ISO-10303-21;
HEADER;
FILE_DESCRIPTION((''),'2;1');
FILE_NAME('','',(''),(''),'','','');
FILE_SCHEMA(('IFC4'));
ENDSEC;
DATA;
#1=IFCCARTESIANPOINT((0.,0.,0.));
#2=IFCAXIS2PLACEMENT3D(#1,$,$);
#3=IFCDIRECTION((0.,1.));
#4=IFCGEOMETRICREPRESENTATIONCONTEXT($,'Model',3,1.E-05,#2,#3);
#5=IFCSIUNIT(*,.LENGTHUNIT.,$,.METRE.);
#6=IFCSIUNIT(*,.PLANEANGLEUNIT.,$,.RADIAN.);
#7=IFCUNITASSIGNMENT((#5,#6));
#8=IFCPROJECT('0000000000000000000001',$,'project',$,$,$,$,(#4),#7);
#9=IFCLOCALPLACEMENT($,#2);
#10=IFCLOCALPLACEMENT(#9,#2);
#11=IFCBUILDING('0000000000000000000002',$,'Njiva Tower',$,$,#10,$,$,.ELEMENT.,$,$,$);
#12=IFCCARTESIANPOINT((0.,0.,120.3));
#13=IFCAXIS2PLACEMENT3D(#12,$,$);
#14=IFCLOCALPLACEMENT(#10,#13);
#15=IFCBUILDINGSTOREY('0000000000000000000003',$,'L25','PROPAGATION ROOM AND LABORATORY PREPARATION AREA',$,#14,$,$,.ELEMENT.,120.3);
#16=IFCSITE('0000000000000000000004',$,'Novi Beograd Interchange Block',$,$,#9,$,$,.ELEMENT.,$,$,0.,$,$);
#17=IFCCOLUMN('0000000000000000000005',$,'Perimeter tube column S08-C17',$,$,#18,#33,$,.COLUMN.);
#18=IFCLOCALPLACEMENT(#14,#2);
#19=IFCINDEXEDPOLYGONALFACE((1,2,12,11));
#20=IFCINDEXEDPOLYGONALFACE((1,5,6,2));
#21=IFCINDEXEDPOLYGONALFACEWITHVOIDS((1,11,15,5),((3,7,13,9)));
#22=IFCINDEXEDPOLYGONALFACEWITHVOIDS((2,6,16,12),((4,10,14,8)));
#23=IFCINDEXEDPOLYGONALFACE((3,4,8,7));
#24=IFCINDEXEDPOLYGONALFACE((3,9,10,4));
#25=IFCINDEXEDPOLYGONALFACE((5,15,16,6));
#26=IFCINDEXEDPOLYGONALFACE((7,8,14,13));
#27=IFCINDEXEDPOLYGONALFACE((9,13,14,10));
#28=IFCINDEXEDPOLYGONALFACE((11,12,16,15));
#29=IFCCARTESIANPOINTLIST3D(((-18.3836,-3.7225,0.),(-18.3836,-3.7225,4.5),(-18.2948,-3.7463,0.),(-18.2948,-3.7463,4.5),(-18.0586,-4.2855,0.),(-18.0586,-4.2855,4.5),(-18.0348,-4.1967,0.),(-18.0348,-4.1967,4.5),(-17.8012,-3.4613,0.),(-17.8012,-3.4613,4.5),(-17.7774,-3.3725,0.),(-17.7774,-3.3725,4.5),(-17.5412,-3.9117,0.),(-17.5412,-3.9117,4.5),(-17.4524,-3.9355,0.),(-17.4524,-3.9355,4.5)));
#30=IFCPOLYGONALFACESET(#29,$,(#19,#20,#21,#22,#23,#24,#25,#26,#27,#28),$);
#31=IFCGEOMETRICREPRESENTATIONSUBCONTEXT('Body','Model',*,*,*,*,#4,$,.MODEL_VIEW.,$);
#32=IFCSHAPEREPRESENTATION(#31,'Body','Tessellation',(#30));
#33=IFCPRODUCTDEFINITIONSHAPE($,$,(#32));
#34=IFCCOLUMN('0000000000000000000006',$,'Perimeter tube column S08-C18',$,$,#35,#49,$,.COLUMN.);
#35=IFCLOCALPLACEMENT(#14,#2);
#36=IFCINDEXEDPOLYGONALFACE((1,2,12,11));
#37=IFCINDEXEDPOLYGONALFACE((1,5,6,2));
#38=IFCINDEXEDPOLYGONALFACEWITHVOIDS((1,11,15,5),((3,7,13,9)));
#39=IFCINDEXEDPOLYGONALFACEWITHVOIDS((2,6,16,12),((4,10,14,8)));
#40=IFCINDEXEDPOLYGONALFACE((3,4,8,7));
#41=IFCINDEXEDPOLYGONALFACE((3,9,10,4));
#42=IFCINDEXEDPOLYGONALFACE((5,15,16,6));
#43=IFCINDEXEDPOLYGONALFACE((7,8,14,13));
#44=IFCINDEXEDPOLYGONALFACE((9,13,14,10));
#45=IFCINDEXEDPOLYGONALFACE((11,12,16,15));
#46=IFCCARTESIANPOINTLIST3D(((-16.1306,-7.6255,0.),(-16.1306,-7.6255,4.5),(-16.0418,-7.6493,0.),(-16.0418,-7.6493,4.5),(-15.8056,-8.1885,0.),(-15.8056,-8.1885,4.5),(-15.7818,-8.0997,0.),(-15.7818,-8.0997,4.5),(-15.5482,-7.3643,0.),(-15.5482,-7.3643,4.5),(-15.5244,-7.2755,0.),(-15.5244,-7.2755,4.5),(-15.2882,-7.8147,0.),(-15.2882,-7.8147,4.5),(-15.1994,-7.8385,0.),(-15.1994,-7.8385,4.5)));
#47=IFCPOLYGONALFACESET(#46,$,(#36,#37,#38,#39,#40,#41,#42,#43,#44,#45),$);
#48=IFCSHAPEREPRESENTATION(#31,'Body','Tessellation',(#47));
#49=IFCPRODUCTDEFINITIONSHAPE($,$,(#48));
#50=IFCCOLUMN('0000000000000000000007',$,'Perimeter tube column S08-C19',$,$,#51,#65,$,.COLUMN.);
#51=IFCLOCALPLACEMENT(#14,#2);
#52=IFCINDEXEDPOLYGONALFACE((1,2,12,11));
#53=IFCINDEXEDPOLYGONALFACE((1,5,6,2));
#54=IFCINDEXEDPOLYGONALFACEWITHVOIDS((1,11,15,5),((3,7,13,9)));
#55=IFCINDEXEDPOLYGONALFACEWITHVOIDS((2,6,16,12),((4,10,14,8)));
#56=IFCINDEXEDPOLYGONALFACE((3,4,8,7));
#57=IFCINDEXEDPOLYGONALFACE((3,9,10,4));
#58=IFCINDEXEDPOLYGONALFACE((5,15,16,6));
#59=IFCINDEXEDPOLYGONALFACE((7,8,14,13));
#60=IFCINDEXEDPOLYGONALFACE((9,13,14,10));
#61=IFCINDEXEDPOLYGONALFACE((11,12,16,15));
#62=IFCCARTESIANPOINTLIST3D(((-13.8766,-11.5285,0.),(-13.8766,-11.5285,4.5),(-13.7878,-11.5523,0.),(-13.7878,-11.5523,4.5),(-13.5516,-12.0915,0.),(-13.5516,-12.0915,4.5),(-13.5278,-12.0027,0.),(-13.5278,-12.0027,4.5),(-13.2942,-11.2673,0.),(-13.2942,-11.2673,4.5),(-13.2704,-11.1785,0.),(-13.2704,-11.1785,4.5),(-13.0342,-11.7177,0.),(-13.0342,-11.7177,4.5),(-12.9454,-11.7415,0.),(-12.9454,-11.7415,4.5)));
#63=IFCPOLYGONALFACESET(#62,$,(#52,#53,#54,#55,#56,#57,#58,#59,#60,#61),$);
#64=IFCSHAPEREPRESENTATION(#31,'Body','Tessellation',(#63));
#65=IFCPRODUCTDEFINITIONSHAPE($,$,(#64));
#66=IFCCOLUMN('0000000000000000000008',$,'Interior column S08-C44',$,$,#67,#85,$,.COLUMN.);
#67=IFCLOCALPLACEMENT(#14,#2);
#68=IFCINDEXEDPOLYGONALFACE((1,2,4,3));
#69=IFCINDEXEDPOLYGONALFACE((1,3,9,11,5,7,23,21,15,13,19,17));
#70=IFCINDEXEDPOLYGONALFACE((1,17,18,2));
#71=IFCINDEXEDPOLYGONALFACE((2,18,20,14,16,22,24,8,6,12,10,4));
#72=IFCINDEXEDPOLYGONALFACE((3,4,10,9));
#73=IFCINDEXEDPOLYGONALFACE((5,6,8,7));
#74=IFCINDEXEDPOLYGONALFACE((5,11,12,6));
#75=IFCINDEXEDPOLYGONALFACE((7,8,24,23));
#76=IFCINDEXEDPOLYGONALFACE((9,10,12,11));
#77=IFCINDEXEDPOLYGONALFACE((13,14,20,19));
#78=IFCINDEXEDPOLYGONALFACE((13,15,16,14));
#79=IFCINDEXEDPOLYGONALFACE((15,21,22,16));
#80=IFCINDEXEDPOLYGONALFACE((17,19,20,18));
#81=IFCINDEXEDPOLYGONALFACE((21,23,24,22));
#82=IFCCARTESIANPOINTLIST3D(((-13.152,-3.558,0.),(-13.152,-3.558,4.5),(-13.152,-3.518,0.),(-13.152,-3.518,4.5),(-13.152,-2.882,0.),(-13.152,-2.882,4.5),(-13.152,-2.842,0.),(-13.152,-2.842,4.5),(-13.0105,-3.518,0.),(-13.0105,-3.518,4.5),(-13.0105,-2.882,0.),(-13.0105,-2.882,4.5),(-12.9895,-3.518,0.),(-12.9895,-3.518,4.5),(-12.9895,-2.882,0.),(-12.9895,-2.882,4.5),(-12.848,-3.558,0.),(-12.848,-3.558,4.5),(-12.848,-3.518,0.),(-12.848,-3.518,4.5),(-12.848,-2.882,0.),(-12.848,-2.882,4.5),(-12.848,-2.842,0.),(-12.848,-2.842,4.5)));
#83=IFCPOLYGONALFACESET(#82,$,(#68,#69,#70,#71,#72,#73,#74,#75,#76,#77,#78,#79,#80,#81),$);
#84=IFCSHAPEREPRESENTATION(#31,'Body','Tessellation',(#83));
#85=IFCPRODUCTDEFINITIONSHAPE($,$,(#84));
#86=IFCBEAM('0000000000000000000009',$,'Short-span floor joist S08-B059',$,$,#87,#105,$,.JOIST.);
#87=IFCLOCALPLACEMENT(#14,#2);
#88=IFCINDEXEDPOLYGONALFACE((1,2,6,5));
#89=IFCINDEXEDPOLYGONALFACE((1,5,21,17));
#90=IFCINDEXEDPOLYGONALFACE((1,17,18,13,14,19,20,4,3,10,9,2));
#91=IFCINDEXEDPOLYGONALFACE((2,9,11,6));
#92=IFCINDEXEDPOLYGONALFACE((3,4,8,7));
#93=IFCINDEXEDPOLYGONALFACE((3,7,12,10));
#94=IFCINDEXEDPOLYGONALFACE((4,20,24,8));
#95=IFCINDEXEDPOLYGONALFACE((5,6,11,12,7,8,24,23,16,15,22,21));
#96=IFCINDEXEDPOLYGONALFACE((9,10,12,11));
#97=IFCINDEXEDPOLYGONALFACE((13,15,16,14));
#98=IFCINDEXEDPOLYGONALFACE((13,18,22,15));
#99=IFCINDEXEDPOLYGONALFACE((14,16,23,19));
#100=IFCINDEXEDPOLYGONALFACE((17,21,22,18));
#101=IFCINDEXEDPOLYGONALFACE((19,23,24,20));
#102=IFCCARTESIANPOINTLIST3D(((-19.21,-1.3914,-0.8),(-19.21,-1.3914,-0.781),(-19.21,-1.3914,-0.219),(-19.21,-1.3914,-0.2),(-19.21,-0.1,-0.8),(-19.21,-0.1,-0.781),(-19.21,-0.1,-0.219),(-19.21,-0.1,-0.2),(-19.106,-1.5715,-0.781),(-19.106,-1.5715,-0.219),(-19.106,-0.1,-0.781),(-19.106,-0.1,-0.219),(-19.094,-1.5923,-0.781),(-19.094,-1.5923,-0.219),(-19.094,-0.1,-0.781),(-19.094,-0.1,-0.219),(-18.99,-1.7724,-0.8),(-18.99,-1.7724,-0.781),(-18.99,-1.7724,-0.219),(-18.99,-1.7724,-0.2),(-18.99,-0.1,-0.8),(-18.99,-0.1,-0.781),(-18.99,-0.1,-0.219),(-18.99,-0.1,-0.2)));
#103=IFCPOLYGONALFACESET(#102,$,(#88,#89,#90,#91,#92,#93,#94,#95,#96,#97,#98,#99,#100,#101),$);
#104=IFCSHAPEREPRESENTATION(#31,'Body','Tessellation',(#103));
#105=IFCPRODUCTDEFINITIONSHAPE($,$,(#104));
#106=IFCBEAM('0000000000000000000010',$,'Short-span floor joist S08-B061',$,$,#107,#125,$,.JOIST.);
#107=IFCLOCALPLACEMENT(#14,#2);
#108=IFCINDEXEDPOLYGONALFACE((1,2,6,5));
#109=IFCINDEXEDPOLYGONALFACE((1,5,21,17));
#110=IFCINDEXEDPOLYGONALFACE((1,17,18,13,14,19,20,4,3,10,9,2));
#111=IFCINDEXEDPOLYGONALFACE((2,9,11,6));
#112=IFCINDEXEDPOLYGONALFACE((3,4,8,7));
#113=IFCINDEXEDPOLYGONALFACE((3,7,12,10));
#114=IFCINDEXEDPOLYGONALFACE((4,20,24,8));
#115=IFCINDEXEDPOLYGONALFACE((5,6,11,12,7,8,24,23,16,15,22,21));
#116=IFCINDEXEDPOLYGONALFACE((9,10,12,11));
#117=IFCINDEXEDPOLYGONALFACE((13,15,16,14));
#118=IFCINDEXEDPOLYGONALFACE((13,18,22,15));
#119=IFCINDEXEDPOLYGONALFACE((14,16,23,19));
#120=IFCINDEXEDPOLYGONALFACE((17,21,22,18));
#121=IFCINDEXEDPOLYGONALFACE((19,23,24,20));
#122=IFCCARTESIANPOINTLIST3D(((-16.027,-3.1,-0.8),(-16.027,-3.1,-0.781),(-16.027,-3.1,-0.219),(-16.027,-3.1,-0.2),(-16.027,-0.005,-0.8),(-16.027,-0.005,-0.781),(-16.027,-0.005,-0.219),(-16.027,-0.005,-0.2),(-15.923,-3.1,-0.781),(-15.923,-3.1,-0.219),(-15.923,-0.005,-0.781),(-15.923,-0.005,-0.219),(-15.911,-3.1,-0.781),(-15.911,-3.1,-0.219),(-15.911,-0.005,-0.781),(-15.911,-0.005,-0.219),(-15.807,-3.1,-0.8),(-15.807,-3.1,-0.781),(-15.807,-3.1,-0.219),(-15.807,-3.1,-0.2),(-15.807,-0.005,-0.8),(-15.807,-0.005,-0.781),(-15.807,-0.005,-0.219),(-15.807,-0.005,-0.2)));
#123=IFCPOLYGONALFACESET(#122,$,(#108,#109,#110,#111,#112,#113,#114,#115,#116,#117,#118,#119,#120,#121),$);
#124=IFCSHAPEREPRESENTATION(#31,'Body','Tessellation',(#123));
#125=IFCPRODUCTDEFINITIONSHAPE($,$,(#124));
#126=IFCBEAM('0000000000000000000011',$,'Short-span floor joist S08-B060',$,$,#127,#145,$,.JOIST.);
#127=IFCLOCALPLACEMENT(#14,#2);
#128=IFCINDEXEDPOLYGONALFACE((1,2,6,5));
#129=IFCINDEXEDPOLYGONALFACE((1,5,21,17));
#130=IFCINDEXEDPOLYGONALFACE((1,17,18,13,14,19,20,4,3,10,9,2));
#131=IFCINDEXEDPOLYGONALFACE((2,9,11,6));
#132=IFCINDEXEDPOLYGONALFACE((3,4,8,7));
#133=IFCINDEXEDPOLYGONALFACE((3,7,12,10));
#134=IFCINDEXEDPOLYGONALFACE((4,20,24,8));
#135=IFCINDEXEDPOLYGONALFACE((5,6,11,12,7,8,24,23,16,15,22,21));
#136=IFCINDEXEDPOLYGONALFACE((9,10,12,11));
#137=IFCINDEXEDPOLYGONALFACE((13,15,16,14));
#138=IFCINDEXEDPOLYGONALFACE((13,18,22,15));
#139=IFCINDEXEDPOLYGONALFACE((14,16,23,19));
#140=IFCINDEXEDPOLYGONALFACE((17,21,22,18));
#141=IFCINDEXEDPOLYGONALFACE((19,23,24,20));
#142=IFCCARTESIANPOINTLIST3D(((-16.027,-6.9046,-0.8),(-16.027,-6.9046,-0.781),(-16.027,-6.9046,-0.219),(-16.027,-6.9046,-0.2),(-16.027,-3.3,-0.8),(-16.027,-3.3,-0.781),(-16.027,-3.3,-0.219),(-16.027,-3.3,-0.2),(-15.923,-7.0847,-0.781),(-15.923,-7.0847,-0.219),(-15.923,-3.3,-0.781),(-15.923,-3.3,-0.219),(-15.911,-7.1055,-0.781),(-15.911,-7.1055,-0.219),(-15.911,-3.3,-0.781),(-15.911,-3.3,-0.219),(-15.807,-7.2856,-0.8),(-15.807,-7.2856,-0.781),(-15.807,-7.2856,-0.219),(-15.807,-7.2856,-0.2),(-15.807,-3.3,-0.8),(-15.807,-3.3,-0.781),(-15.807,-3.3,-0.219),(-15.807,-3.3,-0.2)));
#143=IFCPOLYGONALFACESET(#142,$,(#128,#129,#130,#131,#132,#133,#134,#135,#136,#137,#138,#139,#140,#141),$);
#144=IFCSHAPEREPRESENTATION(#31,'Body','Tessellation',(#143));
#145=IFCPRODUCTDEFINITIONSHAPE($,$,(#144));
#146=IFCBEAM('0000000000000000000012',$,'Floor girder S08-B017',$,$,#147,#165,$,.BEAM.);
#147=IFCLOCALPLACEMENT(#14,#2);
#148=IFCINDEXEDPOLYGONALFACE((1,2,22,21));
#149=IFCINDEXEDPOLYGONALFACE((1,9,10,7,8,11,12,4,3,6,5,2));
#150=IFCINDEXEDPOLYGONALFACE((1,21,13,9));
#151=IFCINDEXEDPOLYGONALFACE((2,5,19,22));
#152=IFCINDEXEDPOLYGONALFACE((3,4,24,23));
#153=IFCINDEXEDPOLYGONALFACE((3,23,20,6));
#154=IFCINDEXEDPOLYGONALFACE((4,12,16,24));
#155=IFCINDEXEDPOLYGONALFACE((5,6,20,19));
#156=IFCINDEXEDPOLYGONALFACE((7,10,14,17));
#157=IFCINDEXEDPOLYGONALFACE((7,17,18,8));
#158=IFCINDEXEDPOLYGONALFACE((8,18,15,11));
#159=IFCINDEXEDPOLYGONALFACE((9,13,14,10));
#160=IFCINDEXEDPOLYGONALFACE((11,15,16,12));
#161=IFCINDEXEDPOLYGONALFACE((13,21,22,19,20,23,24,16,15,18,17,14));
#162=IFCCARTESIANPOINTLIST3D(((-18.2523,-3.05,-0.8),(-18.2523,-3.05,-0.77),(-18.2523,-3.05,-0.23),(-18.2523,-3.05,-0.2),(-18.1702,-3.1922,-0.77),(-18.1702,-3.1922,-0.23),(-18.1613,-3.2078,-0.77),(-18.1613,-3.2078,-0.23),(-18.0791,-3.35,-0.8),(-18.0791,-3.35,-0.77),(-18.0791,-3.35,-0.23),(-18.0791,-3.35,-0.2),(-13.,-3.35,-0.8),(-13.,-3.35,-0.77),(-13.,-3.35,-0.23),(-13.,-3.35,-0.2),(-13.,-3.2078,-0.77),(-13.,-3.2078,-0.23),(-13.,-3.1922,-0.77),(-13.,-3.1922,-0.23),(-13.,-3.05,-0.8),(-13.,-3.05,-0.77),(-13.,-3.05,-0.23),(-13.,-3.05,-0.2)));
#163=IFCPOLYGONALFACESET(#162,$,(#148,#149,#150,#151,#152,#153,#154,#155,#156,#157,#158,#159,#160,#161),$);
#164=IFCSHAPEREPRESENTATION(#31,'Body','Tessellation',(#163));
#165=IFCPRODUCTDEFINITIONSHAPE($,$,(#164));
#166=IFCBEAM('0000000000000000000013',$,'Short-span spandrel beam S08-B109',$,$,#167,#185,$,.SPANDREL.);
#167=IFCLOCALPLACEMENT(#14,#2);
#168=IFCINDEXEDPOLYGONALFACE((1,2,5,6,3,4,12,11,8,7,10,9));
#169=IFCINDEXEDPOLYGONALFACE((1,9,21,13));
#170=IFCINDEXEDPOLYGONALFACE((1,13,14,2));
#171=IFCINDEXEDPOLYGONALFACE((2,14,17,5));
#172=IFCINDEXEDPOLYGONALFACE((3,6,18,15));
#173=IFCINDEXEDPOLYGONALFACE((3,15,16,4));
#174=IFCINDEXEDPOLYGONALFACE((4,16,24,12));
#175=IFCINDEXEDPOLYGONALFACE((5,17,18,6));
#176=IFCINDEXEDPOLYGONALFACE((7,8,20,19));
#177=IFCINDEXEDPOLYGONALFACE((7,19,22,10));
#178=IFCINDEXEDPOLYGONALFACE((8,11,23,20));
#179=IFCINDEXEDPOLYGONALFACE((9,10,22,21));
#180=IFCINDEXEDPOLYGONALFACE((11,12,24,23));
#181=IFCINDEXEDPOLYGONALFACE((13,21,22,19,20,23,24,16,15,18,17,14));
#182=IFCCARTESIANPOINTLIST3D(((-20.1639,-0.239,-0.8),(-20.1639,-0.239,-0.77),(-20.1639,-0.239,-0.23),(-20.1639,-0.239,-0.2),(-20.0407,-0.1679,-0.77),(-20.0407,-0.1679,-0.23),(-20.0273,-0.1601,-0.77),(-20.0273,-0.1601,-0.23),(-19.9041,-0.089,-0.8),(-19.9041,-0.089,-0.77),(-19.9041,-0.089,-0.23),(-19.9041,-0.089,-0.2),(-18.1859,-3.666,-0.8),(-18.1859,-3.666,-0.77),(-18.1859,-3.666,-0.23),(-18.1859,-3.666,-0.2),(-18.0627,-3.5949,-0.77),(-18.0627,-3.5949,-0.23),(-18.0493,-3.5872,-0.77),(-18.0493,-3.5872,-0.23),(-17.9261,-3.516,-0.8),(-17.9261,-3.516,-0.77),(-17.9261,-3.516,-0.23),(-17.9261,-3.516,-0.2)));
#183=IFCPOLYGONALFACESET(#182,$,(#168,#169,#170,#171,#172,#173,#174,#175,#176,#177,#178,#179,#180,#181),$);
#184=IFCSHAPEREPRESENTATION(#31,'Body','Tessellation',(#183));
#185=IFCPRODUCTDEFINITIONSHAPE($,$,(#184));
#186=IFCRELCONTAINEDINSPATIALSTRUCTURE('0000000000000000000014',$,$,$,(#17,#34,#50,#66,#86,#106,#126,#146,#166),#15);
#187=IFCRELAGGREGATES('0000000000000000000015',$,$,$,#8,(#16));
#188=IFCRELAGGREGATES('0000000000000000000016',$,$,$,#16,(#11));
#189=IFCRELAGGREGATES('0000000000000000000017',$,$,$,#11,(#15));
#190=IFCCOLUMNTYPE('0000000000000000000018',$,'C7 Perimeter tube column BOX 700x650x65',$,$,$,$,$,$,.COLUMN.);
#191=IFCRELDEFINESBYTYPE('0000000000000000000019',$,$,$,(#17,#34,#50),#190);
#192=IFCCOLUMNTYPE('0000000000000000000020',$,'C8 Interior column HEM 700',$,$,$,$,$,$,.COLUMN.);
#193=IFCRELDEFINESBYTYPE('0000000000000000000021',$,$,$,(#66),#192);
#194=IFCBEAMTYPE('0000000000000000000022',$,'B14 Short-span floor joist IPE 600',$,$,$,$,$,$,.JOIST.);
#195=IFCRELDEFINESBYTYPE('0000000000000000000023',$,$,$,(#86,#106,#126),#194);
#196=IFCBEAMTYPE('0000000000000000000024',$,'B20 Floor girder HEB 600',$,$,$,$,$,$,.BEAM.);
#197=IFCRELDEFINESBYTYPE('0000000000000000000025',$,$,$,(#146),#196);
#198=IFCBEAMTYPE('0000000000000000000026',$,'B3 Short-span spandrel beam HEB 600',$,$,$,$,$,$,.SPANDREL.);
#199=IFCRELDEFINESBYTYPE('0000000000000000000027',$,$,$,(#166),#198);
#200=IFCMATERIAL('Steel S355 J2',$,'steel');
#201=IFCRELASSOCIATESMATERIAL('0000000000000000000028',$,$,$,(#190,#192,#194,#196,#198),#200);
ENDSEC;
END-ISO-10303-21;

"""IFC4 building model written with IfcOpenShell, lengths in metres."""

from ifc_helpers import new_model, si_unit, direction, frame, origin, origin_2d, place, context, subcontext, project, spatial, hollow_rectangle, i_section, extrude, clip, halfspace, material, material_profile, profile_set, type_object, element, save


model = new_model("IFC4")

# Units and contexts
model_context = context("Model", 3, precision=1e-05, world=origin(), true_north=direction((0.0, 1.0)))
body_context = subcontext(model_context, "Body", "Model", "MODEL_VIEW")
ifc_project = project(units=[si_unit("LENGTHUNIT", "METRE"), si_unit("PLANEANGLEUNIT", "RADIAN")], contexts=[model_context])

# Site, building, storey
site_placement = place(None, origin())
site = spatial("IfcSite", under=ifc_project, at=site_placement, Name="Novi Beograd Interchange Block", CompositionType="ELEMENT", RefElevation=0.0)
building_placement = place(site_placement, origin())
building = spatial("IfcBuilding", under=site, at=building_placement, Name="Njiva Tower", CompositionType="ELEMENT")
storey_placement = place(building_placement, frame((0.0, 0.0, 120.3)))
storey = spatial("IfcBuildingStorey", under=building, at=storey_placement, Name="L25", Description="PROPAGATION ROOM AND LABORATORY PREPARATION AREA", CompositionType="ELEMENT", Elevation=120.3)

# Columns
ifc_material_1 = material(Name="Steel S355 J2", Category="steel")
ifc_material_profile_1 = material_profile(ifc_material_1, hollow_rectangle(XDim=0.65, YDim=0.7, WallThickness=0.065, at=origin_2d()), Name="BOX 700x650x65")
ifc_profile_set_1 = profile_set([ifc_material_profile_1], Name="Steel S355 J2")
column_type_1 = type_object("IfcColumnType", Name="C7 Perimeter tube column BOX 700x650x65", PredefinedType="COLUMN", material=ifc_profile_set_1)
for number, where, z_axis, x_axis, name in (
    (1, (-17.918, -3.829, 0.0), (0.0, 0.0, 1.0), (0.5, -0.866025, 0.0), "Perimeter tube column S08-C17"),
    (2, (-15.665, -7.732, 0.0), (0.0, 0.0, 1.0), (0.5, -0.866025, 0.0), "Perimeter tube column S08-C18"),
    (3, (-13.411, -11.635, 0.0), (0.0, 0.0, 1.0), (0.5, -0.866025, 0.0), "Perimeter tube column S08-C19"),
):
    element("IfcColumn", number, at=place(storey_placement, frame(where, z_axis=z_axis, x_axis=x_axis)), inside=storey, type_object=column_type_1, Name=name, PredefinedType="COLUMN", context=body_context, shape_type="SweptSolid", body=[
        extrude(hollow_rectangle(XDim=0.65, YDim=0.7, WallThickness=0.065, at=origin_2d()), origin(), (0.0, 0.0, 1.0), 4.5),
    ])
ifc_material_profile_2 = material_profile(ifc_material_1, i_section(OverallWidth=0.304, OverallDepth=0.716, WebThickness=0.021, FlangeThickness=0.04, at=origin_2d()), Name="HEM 700")
ifc_profile_set_2 = profile_set([ifc_material_profile_2], Name="Steel S355 J2")
column_type_2 = type_object("IfcColumnType", Name="C8 Interior column HEM 700", PredefinedType="COLUMN", material=ifc_profile_set_2)
column_placement = place(storey_placement, frame((-13.0, -3.2, 0.0), z_axis=(0.0, 0.0, 1.0), x_axis=(1.0, 0.0, 0.0)))
element("IfcColumn", 4, at=column_placement, inside=storey, type_object=column_type_2, Name="Interior column S08-C44", PredefinedType="COLUMN", context=body_context, shape_type="SweptSolid", body=[
    extrude(i_section(OverallWidth=0.304, OverallDepth=0.716, WebThickness=0.021, FlangeThickness=0.04, at=origin_2d()), origin(), (0.0, 0.0, 1.0), 4.5),
])

# Beams
ifc_material_profile_3 = material_profile(ifc_material_1, i_section(OverallWidth=0.22, OverallDepth=0.6, WebThickness=0.012, FlangeThickness=0.019, at=origin_2d()), Name="IPE 600")
ifc_profile_set_3 = profile_set([ifc_material_profile_3], Name="Steel S355 J2")
beam_type_1 = type_object("IfcBeamType", Name="B14 Short-span floor joist IPE 600", PredefinedType="JOIST", material=ifc_profile_set_3)
beam_1_placement = place(storey_placement, frame((-19.1, -0.1, -0.5), z_axis=(0.0, -1.0, 0.0), x_axis=(1.0, 0.0, 0.0)))
element("IfcBeam", 5, at=beam_1_placement, inside=storey, type_object=beam_type_1, Name="Short-span floor joist S08-B059", PredefinedType="JOIST", context=body_context, shape_type="Clipping", body=[
    clip(extrude(i_section(OverallWidth=0.22, OverallDepth=0.6, WebThickness=0.012, FlangeThickness=0.019, at=origin_2d()), origin(), (0.0, 0.0, 1.0), 1.693), halfspace(frame((-0.0433, 0.0, 1.4069), z_axis=(-0.866027, 0.0, 0.499998), x_axis=(0.0, 1.0, 0.0)), False)),
])
beam_2_placement = place(storey_placement, frame((-15.917, -0.005, -0.5), z_axis=(0.0, -1.0, 0.0), x_axis=(1.0, 0.0, 0.0)))
element("IfcBeam", 6, at=beam_2_placement, inside=storey, type_object=beam_type_1, Name="Short-span floor joist S08-B061", PredefinedType="JOIST", context=body_context, shape_type="SweptSolid", body=[
    extrude(i_section(OverallWidth=0.22, OverallDepth=0.6, WebThickness=0.012, FlangeThickness=0.019, at=origin_2d()), origin(), (0.0, 0.0, 1.0), 3.095),
])
beam_3_placement = place(storey_placement, frame((-15.917, -3.3, -0.5), z_axis=(0.0, -1.0, 0.0), x_axis=(1.0, 0.0, 0.0)))
element("IfcBeam", 7, at=beam_3_placement, inside=storey, type_object=beam_type_1, Name="Short-span floor joist S08-B060", PredefinedType="JOIST", context=body_context, shape_type="Clipping", body=[
    clip(extrude(i_section(OverallWidth=0.22, OverallDepth=0.6, WebThickness=0.012, FlangeThickness=0.019, at=origin_2d()), origin(), (0.0, 0.0, 1.0), 4.007), halfspace(frame((-0.043, 0.0, 3.7206), z_axis=(-0.866027, 0.0, 0.499998), x_axis=(0.0, 1.0, 0.0)), False)),
])
ifc_material_profile_4 = material_profile(ifc_material_1, i_section(OverallWidth=0.3, OverallDepth=0.6, WebThickness=0.0155, FlangeThickness=0.03, at=origin_2d()), Name="HEB 600")
ifc_profile_set_4 = profile_set([ifc_material_profile_4], Name="Steel S355 J2")
beam_type_2 = type_object("IfcBeamType", Name="B20 Floor girder HEB 600", PredefinedType="BEAM", material=ifc_profile_set_4)
beam_4_placement = place(storey_placement, frame((-18.273, -3.2, -0.5), z_axis=(1.0, 0.0, 0.0), x_axis=(0.0, 1.0, 0.0)))
element("IfcBeam", 8, at=beam_4_placement, inside=storey, type_object=beam_type_2, Name="Floor girder S08-B017", PredefinedType="BEAM", context=body_context, shape_type="Clipping", body=[
    clip(extrude(i_section(OverallWidth=0.3, OverallDepth=0.6, WebThickness=0.0155, FlangeThickness=0.03, at=origin_2d()), origin(), (0.0, 0.0, 1.0), 5.273), halfspace(frame((-0.025, 0.0, 0.1217), z_axis=(-0.499998, 0.0, -0.866027), x_axis=(0.0, -1.0, 0.0)), False)),
])
ifc_material_profile_5 = material_profile(ifc_material_1, i_section(OverallWidth=0.3, OverallDepth=0.6, WebThickness=0.0155, FlangeThickness=0.03, at=origin_2d()), Name="HEB 600")
ifc_profile_set_5 = profile_set([ifc_material_profile_5], Name="Steel S355 J2")
beam_type_3 = type_object("IfcBeamType", Name="B3 Short-span spandrel beam HEB 600", PredefinedType="SPANDREL", material=ifc_profile_set_5)
beam_5_placement = place(storey_placement, frame((-20.034, -0.164, -0.5), z_axis=(0.49989, -0.866089, 0.0), x_axis=(0.866089, 0.49989, 0.0)))
element("IfcBeam", 9, at=beam_5_placement, inside=storey, type_object=beam_type_3, Name="Short-span spandrel beam S08-B109", PredefinedType="SPANDREL", context=body_context, shape_type="SweptSolid", body=[
    extrude(i_section(OverallWidth=0.3, OverallDepth=0.6, WebThickness=0.0155, FlangeThickness=0.03, at=origin_2d()), origin(), (0.0, 0.0, 1.0), 3.9569),
])

save(model, "model.ifc")
